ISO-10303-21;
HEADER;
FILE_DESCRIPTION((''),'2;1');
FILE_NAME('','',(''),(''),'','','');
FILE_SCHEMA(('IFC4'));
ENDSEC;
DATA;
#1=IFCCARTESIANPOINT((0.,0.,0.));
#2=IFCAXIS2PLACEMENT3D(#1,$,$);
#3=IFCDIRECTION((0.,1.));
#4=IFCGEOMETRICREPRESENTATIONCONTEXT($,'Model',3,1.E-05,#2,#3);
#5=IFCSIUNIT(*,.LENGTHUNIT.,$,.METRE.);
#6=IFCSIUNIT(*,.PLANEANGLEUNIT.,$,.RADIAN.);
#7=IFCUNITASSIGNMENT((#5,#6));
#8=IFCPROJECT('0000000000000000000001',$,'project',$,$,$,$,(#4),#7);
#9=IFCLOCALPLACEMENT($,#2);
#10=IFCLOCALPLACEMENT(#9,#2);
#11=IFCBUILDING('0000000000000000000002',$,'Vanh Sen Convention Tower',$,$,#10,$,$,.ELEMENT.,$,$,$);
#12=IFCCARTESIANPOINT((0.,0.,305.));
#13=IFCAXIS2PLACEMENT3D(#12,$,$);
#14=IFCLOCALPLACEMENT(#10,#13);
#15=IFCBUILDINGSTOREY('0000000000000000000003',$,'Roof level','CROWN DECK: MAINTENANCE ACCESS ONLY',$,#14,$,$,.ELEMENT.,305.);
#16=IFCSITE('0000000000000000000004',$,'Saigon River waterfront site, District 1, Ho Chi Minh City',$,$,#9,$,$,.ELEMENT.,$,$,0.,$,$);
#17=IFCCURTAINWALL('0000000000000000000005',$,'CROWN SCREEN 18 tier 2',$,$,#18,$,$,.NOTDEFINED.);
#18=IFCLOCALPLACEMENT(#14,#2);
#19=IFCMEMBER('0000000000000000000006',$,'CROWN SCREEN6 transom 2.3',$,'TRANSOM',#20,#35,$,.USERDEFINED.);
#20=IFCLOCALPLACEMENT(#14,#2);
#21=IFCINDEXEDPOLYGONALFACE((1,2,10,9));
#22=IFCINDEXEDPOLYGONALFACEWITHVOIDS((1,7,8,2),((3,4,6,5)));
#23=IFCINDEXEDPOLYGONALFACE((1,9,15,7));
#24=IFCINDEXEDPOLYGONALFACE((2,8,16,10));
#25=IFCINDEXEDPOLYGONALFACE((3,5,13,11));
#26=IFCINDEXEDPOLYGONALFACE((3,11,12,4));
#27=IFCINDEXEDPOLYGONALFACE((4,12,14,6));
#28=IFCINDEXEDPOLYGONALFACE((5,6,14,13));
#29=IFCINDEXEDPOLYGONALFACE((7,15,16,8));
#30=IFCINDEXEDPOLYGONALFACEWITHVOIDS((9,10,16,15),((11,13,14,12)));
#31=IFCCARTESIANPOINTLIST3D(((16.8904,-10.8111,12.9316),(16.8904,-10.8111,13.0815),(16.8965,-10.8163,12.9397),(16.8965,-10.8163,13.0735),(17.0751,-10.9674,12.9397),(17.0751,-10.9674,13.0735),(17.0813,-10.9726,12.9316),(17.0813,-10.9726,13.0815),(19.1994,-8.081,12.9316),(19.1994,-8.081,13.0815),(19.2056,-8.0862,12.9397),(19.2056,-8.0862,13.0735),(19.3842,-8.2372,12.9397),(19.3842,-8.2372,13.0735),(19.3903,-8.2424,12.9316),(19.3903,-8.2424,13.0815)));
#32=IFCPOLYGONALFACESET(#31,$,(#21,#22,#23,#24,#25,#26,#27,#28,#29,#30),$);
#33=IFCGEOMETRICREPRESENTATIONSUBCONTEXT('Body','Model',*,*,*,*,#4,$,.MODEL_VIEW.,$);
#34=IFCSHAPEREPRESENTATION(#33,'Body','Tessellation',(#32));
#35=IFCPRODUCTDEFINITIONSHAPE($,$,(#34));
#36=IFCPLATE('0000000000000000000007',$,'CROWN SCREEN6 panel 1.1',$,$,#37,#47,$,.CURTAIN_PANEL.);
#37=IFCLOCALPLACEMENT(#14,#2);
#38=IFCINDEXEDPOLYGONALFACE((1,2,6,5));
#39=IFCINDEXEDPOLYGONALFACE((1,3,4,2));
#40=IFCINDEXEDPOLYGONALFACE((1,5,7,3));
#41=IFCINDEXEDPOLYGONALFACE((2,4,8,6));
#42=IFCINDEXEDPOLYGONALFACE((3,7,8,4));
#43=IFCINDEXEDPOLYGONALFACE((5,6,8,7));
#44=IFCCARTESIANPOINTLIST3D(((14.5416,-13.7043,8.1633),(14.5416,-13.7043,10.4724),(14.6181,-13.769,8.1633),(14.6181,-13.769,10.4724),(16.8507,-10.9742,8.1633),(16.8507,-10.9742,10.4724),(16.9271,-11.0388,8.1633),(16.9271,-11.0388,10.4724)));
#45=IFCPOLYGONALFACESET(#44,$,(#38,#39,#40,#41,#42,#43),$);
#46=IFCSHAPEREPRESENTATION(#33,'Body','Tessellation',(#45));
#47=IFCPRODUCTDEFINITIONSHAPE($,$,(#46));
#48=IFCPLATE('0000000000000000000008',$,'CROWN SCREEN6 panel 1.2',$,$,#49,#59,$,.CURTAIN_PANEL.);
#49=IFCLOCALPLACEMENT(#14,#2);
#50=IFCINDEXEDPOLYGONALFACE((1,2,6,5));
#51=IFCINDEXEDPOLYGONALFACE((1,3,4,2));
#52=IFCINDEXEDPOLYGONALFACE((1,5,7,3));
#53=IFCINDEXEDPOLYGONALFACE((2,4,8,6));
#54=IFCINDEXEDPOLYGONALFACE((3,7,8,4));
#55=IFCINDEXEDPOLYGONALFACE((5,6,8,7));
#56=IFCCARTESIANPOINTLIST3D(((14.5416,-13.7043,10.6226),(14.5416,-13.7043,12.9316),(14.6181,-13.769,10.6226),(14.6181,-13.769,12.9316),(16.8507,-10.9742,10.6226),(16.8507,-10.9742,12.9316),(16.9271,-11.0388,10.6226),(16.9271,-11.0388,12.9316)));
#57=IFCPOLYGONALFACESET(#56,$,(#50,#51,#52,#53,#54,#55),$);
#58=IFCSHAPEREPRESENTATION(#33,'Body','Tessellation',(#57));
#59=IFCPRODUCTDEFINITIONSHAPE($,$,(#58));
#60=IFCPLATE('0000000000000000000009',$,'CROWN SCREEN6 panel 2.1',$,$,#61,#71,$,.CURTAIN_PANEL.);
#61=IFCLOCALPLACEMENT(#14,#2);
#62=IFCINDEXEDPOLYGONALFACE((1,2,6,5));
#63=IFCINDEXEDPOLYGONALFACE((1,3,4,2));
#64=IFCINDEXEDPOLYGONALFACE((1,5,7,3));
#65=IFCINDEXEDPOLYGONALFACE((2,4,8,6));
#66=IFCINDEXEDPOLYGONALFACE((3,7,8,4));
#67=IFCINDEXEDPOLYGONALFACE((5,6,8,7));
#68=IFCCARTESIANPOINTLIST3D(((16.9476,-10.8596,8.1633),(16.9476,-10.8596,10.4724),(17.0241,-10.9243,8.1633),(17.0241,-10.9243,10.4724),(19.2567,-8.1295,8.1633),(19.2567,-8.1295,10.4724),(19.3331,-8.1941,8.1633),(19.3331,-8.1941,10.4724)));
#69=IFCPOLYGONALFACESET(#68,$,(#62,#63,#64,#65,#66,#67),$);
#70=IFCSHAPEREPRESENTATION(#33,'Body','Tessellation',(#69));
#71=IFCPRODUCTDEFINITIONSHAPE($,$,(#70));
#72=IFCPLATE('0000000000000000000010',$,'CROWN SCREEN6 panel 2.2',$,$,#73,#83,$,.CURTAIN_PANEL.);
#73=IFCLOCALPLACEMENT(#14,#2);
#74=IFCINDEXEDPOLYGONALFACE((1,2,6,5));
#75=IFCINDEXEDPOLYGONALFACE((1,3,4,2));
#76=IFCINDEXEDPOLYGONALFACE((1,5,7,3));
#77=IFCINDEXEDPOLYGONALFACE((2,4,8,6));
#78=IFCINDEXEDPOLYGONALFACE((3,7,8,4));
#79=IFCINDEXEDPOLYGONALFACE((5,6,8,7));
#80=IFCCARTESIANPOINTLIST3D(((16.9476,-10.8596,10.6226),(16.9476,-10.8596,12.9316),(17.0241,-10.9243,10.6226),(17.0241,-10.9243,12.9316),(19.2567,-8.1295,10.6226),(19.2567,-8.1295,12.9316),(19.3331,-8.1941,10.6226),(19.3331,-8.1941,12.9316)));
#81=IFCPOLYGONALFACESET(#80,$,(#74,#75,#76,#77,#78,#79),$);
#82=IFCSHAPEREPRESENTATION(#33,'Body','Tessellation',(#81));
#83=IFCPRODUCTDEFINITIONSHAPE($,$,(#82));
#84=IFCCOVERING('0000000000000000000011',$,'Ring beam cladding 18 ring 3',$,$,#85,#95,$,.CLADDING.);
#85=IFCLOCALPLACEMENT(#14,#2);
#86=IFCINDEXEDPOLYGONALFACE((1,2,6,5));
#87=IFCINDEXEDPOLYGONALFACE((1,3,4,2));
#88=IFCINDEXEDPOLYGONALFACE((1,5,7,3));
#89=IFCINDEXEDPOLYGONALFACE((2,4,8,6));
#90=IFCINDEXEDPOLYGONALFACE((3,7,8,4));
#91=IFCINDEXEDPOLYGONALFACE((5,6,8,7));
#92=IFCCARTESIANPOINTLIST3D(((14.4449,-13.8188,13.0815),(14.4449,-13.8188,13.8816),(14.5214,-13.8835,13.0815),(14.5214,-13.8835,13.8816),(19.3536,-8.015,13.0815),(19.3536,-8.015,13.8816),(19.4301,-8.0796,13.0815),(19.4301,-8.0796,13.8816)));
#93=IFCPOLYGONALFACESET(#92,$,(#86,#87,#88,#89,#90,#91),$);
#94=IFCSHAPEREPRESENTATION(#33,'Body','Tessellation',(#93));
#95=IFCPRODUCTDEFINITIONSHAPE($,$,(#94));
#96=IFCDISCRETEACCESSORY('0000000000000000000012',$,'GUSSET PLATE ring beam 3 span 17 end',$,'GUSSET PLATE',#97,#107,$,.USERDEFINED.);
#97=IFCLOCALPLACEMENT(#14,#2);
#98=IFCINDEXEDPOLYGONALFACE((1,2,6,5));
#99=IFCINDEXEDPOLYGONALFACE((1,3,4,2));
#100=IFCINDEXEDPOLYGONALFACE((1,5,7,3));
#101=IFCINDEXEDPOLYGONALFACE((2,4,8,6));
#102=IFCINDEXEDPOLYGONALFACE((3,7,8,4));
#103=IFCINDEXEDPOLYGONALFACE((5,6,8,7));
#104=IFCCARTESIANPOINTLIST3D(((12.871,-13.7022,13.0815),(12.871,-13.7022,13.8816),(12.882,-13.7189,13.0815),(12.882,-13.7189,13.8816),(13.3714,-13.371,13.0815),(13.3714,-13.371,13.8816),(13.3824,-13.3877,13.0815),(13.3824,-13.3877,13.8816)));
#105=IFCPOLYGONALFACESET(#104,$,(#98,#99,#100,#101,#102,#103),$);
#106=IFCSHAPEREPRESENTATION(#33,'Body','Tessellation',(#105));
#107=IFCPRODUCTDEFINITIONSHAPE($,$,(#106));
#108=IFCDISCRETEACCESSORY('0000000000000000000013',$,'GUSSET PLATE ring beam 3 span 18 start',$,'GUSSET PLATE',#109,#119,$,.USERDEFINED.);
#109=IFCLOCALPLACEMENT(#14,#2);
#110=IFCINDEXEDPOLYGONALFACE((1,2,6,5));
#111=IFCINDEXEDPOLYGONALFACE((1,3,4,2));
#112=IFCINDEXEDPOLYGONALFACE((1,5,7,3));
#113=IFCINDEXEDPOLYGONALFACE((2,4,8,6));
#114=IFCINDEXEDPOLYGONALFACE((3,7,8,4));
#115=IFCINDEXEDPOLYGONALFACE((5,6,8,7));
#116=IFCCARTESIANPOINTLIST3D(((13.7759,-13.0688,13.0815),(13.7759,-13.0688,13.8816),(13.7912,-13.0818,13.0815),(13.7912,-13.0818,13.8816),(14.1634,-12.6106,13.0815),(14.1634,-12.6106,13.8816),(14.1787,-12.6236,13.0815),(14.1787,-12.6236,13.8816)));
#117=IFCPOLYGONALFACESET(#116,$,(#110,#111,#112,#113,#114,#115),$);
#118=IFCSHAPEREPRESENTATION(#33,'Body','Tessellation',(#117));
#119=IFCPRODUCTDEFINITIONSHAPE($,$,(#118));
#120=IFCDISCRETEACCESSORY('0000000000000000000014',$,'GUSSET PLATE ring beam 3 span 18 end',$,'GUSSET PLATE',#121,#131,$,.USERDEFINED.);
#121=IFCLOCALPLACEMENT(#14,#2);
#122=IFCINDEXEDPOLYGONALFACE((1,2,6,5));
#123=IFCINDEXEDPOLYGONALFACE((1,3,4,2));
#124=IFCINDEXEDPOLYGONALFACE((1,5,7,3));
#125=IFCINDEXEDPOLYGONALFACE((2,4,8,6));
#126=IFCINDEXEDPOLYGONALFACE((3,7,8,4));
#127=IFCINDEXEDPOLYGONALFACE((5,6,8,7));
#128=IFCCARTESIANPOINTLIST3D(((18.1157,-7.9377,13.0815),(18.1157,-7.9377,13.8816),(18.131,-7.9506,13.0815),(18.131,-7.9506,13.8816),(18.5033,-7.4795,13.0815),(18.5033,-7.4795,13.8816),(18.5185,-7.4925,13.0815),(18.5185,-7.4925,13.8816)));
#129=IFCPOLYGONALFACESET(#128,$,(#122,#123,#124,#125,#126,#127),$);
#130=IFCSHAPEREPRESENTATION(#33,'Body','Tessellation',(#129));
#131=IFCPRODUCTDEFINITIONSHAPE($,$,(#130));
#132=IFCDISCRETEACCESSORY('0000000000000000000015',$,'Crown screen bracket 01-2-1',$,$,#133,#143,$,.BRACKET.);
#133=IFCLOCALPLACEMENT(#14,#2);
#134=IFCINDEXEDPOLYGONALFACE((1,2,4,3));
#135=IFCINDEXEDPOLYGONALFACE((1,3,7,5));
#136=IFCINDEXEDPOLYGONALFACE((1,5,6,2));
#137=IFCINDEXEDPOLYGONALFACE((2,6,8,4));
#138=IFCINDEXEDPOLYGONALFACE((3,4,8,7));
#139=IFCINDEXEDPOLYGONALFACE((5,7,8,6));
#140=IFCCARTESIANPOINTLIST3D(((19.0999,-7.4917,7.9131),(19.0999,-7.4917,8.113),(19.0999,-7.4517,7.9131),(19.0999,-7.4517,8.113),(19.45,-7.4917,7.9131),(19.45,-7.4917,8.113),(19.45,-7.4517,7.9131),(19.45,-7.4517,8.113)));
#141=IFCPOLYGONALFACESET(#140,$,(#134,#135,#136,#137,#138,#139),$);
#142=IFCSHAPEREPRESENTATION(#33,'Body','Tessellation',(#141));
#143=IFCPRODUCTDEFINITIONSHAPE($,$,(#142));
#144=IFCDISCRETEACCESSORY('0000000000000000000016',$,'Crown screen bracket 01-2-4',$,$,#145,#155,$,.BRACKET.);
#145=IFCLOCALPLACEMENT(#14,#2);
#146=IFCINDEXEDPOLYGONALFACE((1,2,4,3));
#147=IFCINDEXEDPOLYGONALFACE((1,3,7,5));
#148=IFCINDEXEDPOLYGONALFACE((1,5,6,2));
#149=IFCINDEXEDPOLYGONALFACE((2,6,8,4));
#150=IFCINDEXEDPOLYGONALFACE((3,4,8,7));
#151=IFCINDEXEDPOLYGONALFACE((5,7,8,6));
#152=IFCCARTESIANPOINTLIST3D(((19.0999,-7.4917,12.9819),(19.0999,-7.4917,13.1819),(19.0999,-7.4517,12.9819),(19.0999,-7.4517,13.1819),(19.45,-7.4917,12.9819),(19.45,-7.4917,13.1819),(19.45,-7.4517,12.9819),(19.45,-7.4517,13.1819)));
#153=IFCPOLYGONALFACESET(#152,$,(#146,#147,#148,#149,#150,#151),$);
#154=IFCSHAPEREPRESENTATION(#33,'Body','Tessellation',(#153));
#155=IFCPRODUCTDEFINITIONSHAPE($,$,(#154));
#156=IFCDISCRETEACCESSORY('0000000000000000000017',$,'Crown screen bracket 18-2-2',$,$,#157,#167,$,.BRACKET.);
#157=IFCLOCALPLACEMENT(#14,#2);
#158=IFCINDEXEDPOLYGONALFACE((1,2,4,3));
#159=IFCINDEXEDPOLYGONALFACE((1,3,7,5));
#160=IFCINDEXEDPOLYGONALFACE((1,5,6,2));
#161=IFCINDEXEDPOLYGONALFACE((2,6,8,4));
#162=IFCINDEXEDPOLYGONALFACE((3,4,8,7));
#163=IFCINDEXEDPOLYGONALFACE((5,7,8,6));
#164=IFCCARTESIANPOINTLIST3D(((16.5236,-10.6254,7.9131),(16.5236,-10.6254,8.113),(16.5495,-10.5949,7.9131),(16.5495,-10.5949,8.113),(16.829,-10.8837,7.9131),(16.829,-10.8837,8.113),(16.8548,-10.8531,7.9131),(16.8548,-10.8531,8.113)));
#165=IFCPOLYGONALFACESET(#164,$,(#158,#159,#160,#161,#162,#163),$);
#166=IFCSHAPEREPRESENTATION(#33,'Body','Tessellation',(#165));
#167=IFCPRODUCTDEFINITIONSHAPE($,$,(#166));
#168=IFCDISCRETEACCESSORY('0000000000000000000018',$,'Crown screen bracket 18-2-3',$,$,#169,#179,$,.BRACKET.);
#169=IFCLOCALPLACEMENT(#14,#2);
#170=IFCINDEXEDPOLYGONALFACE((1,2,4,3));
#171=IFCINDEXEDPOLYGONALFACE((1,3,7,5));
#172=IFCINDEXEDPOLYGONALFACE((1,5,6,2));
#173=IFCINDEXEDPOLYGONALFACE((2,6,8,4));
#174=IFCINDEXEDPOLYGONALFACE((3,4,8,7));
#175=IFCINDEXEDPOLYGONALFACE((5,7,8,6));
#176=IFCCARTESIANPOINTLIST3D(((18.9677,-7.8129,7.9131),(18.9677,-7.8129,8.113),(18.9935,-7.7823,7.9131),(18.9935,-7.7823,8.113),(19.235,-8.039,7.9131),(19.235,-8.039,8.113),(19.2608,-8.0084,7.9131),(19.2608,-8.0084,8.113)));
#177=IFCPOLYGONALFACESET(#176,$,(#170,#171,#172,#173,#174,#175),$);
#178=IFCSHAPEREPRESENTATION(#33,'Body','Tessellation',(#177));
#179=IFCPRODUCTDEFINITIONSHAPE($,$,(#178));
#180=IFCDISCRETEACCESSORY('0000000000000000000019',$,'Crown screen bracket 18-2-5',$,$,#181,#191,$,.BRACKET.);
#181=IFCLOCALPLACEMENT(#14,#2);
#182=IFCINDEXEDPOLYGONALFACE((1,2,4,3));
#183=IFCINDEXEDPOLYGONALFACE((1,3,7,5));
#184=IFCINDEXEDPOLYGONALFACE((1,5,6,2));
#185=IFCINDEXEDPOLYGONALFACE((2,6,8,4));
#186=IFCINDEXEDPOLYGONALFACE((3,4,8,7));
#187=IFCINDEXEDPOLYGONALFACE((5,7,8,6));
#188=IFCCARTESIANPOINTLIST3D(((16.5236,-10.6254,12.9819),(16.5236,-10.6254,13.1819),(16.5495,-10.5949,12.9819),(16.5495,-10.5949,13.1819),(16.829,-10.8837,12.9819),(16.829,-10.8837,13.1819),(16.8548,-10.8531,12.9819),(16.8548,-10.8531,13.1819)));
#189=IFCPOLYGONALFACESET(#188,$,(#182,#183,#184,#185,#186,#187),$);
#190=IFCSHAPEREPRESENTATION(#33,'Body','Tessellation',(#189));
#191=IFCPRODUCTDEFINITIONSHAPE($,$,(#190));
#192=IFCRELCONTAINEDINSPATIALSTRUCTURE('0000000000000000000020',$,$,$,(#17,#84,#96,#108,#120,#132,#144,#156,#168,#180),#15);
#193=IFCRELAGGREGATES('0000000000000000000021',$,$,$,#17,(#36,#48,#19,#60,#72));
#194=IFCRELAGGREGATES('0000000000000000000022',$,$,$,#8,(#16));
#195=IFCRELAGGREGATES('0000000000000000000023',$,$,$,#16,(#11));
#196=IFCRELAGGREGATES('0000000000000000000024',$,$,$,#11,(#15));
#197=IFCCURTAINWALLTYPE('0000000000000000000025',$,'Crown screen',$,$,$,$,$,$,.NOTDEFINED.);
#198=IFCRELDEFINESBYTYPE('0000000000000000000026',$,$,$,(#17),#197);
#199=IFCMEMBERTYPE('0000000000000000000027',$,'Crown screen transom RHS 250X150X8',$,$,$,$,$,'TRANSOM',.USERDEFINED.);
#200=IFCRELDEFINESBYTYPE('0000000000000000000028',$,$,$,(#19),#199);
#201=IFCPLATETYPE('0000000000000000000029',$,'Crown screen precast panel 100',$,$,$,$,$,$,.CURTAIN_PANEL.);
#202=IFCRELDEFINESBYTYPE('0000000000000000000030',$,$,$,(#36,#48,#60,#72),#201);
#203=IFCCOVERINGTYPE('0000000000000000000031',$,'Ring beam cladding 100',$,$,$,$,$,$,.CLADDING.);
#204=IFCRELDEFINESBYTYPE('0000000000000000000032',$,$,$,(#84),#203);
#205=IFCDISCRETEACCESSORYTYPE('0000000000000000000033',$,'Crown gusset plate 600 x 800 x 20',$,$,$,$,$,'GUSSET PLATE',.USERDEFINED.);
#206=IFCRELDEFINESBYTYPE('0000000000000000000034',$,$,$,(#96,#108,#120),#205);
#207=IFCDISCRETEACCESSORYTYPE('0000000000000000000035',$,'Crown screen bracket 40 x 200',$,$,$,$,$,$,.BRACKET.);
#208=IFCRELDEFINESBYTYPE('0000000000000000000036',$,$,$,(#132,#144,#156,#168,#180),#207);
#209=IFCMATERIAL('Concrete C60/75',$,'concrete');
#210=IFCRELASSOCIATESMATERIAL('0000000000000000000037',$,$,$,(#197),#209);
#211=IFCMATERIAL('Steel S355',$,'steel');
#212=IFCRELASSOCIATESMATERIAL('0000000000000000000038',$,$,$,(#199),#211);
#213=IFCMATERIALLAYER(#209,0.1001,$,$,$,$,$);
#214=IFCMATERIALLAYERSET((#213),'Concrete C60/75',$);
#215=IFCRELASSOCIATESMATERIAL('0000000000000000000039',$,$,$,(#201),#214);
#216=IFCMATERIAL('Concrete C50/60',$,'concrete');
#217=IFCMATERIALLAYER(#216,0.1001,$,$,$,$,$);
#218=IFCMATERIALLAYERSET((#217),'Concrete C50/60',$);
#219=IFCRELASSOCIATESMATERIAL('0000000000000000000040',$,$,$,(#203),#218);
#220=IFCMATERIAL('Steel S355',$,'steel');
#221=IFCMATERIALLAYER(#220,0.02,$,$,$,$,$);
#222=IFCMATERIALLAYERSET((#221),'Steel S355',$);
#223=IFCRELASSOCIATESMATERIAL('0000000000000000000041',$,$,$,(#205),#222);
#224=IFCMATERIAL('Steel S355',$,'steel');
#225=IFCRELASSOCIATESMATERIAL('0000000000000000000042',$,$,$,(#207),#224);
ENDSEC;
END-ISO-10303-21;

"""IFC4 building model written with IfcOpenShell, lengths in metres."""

from ifc_helpers import new_model, si_unit, direction, frame, origin, origin_2d, place, context, subcontext, project, spatial, rectangle, hollow_rectangle, extrude, material, layer, layer_set, material_profile, profile_set, type_object, element, aggregate, save


model = new_model("IFC4")

# Units and contexts
model_context = context("Model", 3, precision=1e-05, world=origin(), true_north=direction((0.0, 1.0)))
body_context = subcontext(model_context, "Body", "Model", "MODEL_VIEW")
ifc_project = project(units=[si_unit("LENGTHUNIT", "METRE"), si_unit("PLANEANGLEUNIT", "RADIAN")], contexts=[model_context])

# Site, building, storey
site_placement = place(None, origin())
site = spatial("IfcSite", under=ifc_project, at=site_placement, Name="Saigon River waterfront site, District 1, Ho Chi Minh City", CompositionType="ELEMENT", RefElevation=0.0)
building_placement = place(site_placement, origin())
building = spatial("IfcBuilding", under=site, at=building_placement, Name="Vanh Sen Convention Tower", CompositionType="ELEMENT")
storey_placement = place(building_placement, frame((0.0, 0.0, 305.0)))
storey = spatial("IfcBuildingStorey", under=building, at=storey_placement, Name="Roof level", Description="CROWN DECK: MAINTENANCE ACCESS ONLY", CompositionType="ELEMENT", Elevation=305.0)

# Shared definitions
ifc_material_1 = material(Name="Concrete C60/75", Category="concrete")
curtain_wall_type = type_object("IfcCurtainWallType", Name="Crown screen", PredefinedType="NOTDEFINED", material=ifc_material_1)
ifc_material_2 = material(Name="Steel S355", Category="steel")

# Curtain wall
curtain_wall_1_placement = place(storey_placement, origin())
curtain_wall_1 = element("IfcCurtainWall", 1, at=curtain_wall_1_placement, inside=storey, type_object=curtain_wall_type, Name="CROWN SCREEN 18 tier 2", PredefinedType="NOTDEFINED")

# Member
ifc_material_profile_1 = material_profile(ifc_material_2, hollow_rectangle(XDim=0.25, YDim=0.1499, WallThickness=0.0081, at=origin_2d()), Name="RHS 250X150X8")
ifc_profile_set_1 = profile_set([ifc_material_profile_1], Name="Steel S355")
member_type_1 = type_object("IfcMemberType", Name="Crown screen transom RHS 250X150X8", ElementType="TRANSOM", PredefinedType="USERDEFINED", material=ifc_profile_set_1)
member_1_placement = place(storey_placement, frame((16.9858, -10.8918, 13.0066), z_axis=(0.645762, 0.763539, 0.0), x_axis=(-0.763539, 0.645762, 0.0)))
member_1 = element("IfcMember", 2, at=member_1_placement, type_object=member_type_1, Name="CROWN SCREEN6 transom 2.3", ObjectType="TRANSOM", PredefinedType="USERDEFINED", context=body_context, shape_type="SweptSolid", body=[
    extrude(hollow_rectangle(XDim=0.25, YDim=0.1499, WallThickness=0.0081, at=origin_2d()), origin(), (0.0, 0.0, 1.0), 3.5757),
])

# Plates
ifc_layer_1 = layer(ifc_material_1, 0.1001)
ifc_layer_set_1 = layer_set([ifc_layer_1], Name="Concrete C60/75")
plate_type = type_object("IfcPlateType", Name="Crown screen precast panel 100", PredefinedType="CURTAIN_PANEL", material=ifc_layer_set_1)
plate_1_placement = place(storey_placement, frame((15.7344, -12.3716, 8.1633), z_axis=(0.0, 0.0, 1.0), x_axis=(0.645766, 0.763535, 0.0)))
plate_1 = element("IfcPlate", 3, at=plate_1_placement, type_object=plate_type, Name="CROWN SCREEN6 panel 1.1", PredefinedType="CURTAIN_PANEL", context=body_context, shape_type="SweptSolid", body=[
    extrude(rectangle(XDim=3.5757, YDim=0.1001, at=origin_2d()), origin(), (0.0, 0.0, 1.0), 2.3091),
])
plate_2_placement = place(storey_placement, frame((15.7344, -12.3716, 10.6226), z_axis=(0.0, 0.0, 1.0), x_axis=(0.645766, 0.763535, 0.0)))
plate_2 = element("IfcPlate", 4, at=plate_2_placement, type_object=plate_type, Name="CROWN SCREEN6 panel 1.2", PredefinedType="CURTAIN_PANEL", context=body_context, shape_type="SweptSolid", body=[
    extrude(rectangle(XDim=3.5757, YDim=0.1001, at=origin_2d()), origin(), (0.0, 0.0, 1.0), 2.3091),
])
plate_3_placement = place(storey_placement, frame((18.1404, -9.5269, 8.1633), z_axis=(0.0, 0.0, 1.0), x_axis=(0.645766, 0.763535, 0.0)))
plate_3 = element("IfcPlate", 5, at=plate_3_placement, type_object=plate_type, Name="CROWN SCREEN6 panel 2.1", PredefinedType="CURTAIN_PANEL", context=body_context, shape_type="SweptSolid", body=[
    extrude(rectangle(XDim=3.5757, YDim=0.1001, at=origin_2d()), origin(), (0.0, 0.0, 1.0), 2.3091),
])
plate_4_placement = place(storey_placement, frame((18.1404, -9.5269, 10.6226), z_axis=(0.0, 0.0, 1.0), x_axis=(0.645766, 0.763535, 0.0)))
plate_4 = element("IfcPlate", 6, at=plate_4_placement, type_object=plate_type, Name="CROWN SCREEN6 panel 2.2", PredefinedType="CURTAIN_PANEL", context=body_context, shape_type="SweptSolid", body=[
    extrude(rectangle(XDim=3.5757, YDim=0.1001, at=origin_2d()), origin(), (0.0, 0.0, 1.0), 2.3091),
])
aggregate(curtain_wall_1, [plate_1, plate_2, member_1, plate_3, plate_4])

# Covering
ifc_material_3 = material(Name="Concrete C50/60", Category="concrete")
ifc_layer_2 = layer(ifc_material_3, 0.1001)
ifc_layer_set_2 = layer_set([ifc_layer_2], Name="Concrete C50/60")
covering_type = type_object("IfcCoveringType", Name="Ring beam cladding 100", PredefinedType="CLADDING", material=ifc_layer_set_2)
covering_placement = place(storey_placement, frame((16.9375, -10.9492, 13.0815), z_axis=(0.0, 0.0, 1.0), x_axis=(0.645767, 0.763535, 0.0)))
element("IfcCovering", 7, at=covering_placement, inside=storey, type_object=covering_type, Name="Ring beam cladding 18 ring 3", PredefinedType="CLADDING", context=body_context, shape_type="SweptSolid", body=[
    extrude(rectangle(XDim=7.6013, YDim=0.1001, at=origin_2d()), origin(), (0.0, 0.0, 1.0), 0.8),
])

# Discrete accessories
ifc_material_4 = material(Name="Steel S355", Category="steel")
ifc_layer_3 = layer(ifc_material_4, 0.02)
ifc_layer_set_3 = layer_set([ifc_layer_3], Name="Steel S355")
discrete_accessory_type_1 = type_object("IfcDiscreteAccessoryType", Name="Crown gusset plate 600 x 800 x 20", ElementType="GUSSET PLATE", PredefinedType="USERDEFINED", material=ifc_layer_set_3)
for number, where, z_axis, x_axis, name in (
    (8, (13.1267, -13.5449, 13.0815), (0.0, 0.0, 1.0), (-0.833886, -0.551937, 0.0), "GUSSET PLATE ring beam 3 span 17 end"),
    (9, (13.9773, -12.8462, 13.0815), (0.0, 0.0, 1.0), (0.645767, 0.763535, 0.0), "GUSSET PLATE ring beam 3 span 18 start"),
    (10, (18.3171, -7.7151, 13.0815), (0.0, 0.0, 1.0), (-0.645767, -0.763535, 0.0), "GUSSET PLATE ring beam 3 span 18 end"),
):
    element("IfcDiscreteAccessory", number, at=place(storey_placement, frame(where, z_axis=z_axis, x_axis=x_axis)), inside=storey, type_object=discrete_accessory_type_1, Name=name, ObjectType="GUSSET PLATE", PredefinedType="USERDEFINED", context=body_context, shape_type="SweptSolid", body=[
        extrude(rectangle(XDim=0.6001, YDim=0.02, at=origin_2d()), origin(), (0.0, 0.0, 1.0), 0.8),
    ])
ifc_material_5 = material(Name="Steel S355", Category="steel")
discrete_accessory_type_2 = type_object("IfcDiscreteAccessoryType", Name="Crown screen bracket 40 x 200", PredefinedType="BRACKET", material=ifc_material_5)
for number, where, z_axis, x_axis, name in (
    (11, (19.2749, -7.4717, 7.9131), (0.0, 0.0, 1.0), (1.0, 0.0, 0.0), "Crown screen bracket 01-2-1"),
    (12, (19.2749, -7.4717, 12.9819), (0.0, 0.0, 1.0), (1.0, 0.0, 0.0), "Crown screen bracket 01-2-4"),
):
    element("IfcDiscreteAccessory", number, at=place(storey_placement, frame(where, z_axis=z_axis, x_axis=x_axis)), inside=storey, type_object=discrete_accessory_type_2, Name=name, PredefinedType="BRACKET", context=body_context, shape_type="SweptSolid", body=[
        extrude(rectangle(XDim=0.3501, YDim=0.04, at=origin_2d()), origin(), (0.0, 0.0, 1.0), 0.2),
    ])
discrete_accessory_1_placement = place(storey_placement, frame((16.6892, -10.7393, 7.9131), z_axis=(0.0, 0.0, 1.0), x_axis=(0.763535, -0.645767, 0.0)))
element("IfcDiscreteAccessory", 13, at=discrete_accessory_1_placement, inside=storey, type_object=discrete_accessory_type_2, Name="Crown screen bracket 18-2-2", PredefinedType="BRACKET", context=body_context, shape_type="SweptSolid", body=[
    extrude(rectangle(XDim=0.3999, YDim=0.04, at=origin_2d()), origin(), (0.0, 0.0, 1.0), 0.2),
])
discrete_accessory_2_placement = place(storey_placement, frame((19.1143, -7.9106, 7.9131), z_axis=(0.0, 0.0, 1.0), x_axis=(0.763535, -0.645767, 0.0)))
element("IfcDiscreteAccessory", 14, at=discrete_accessory_2_placement, inside=storey, type_object=discrete_accessory_type_2, Name="Crown screen bracket 18-2-3", PredefinedType="BRACKET", context=body_context, shape_type="SweptSolid", body=[
    extrude(rectangle(XDim=0.3501, YDim=0.04, at=origin_2d()), origin(), (0.0, 0.0, 1.0), 0.2),
])
discrete_accessory_3_placement = place(storey_placement, frame((16.6892, -10.7393, 12.9819), z_axis=(0.0, 0.0, 1.0), x_axis=(0.763535, -0.645767, 0.0)))
element("IfcDiscreteAccessory", 15, at=discrete_accessory_3_placement, inside=storey, type_object=discrete_accessory_type_2, Name="Crown screen bracket 18-2-5", PredefinedType="BRACKET", context=body_context, shape_type="SweptSolid", body=[
    extrude(rectangle(XDim=0.3999, YDim=0.04, at=origin_2d()), origin(), (0.0, 0.0, 1.0), 0.2),
])

save(model, "model.ifc")
